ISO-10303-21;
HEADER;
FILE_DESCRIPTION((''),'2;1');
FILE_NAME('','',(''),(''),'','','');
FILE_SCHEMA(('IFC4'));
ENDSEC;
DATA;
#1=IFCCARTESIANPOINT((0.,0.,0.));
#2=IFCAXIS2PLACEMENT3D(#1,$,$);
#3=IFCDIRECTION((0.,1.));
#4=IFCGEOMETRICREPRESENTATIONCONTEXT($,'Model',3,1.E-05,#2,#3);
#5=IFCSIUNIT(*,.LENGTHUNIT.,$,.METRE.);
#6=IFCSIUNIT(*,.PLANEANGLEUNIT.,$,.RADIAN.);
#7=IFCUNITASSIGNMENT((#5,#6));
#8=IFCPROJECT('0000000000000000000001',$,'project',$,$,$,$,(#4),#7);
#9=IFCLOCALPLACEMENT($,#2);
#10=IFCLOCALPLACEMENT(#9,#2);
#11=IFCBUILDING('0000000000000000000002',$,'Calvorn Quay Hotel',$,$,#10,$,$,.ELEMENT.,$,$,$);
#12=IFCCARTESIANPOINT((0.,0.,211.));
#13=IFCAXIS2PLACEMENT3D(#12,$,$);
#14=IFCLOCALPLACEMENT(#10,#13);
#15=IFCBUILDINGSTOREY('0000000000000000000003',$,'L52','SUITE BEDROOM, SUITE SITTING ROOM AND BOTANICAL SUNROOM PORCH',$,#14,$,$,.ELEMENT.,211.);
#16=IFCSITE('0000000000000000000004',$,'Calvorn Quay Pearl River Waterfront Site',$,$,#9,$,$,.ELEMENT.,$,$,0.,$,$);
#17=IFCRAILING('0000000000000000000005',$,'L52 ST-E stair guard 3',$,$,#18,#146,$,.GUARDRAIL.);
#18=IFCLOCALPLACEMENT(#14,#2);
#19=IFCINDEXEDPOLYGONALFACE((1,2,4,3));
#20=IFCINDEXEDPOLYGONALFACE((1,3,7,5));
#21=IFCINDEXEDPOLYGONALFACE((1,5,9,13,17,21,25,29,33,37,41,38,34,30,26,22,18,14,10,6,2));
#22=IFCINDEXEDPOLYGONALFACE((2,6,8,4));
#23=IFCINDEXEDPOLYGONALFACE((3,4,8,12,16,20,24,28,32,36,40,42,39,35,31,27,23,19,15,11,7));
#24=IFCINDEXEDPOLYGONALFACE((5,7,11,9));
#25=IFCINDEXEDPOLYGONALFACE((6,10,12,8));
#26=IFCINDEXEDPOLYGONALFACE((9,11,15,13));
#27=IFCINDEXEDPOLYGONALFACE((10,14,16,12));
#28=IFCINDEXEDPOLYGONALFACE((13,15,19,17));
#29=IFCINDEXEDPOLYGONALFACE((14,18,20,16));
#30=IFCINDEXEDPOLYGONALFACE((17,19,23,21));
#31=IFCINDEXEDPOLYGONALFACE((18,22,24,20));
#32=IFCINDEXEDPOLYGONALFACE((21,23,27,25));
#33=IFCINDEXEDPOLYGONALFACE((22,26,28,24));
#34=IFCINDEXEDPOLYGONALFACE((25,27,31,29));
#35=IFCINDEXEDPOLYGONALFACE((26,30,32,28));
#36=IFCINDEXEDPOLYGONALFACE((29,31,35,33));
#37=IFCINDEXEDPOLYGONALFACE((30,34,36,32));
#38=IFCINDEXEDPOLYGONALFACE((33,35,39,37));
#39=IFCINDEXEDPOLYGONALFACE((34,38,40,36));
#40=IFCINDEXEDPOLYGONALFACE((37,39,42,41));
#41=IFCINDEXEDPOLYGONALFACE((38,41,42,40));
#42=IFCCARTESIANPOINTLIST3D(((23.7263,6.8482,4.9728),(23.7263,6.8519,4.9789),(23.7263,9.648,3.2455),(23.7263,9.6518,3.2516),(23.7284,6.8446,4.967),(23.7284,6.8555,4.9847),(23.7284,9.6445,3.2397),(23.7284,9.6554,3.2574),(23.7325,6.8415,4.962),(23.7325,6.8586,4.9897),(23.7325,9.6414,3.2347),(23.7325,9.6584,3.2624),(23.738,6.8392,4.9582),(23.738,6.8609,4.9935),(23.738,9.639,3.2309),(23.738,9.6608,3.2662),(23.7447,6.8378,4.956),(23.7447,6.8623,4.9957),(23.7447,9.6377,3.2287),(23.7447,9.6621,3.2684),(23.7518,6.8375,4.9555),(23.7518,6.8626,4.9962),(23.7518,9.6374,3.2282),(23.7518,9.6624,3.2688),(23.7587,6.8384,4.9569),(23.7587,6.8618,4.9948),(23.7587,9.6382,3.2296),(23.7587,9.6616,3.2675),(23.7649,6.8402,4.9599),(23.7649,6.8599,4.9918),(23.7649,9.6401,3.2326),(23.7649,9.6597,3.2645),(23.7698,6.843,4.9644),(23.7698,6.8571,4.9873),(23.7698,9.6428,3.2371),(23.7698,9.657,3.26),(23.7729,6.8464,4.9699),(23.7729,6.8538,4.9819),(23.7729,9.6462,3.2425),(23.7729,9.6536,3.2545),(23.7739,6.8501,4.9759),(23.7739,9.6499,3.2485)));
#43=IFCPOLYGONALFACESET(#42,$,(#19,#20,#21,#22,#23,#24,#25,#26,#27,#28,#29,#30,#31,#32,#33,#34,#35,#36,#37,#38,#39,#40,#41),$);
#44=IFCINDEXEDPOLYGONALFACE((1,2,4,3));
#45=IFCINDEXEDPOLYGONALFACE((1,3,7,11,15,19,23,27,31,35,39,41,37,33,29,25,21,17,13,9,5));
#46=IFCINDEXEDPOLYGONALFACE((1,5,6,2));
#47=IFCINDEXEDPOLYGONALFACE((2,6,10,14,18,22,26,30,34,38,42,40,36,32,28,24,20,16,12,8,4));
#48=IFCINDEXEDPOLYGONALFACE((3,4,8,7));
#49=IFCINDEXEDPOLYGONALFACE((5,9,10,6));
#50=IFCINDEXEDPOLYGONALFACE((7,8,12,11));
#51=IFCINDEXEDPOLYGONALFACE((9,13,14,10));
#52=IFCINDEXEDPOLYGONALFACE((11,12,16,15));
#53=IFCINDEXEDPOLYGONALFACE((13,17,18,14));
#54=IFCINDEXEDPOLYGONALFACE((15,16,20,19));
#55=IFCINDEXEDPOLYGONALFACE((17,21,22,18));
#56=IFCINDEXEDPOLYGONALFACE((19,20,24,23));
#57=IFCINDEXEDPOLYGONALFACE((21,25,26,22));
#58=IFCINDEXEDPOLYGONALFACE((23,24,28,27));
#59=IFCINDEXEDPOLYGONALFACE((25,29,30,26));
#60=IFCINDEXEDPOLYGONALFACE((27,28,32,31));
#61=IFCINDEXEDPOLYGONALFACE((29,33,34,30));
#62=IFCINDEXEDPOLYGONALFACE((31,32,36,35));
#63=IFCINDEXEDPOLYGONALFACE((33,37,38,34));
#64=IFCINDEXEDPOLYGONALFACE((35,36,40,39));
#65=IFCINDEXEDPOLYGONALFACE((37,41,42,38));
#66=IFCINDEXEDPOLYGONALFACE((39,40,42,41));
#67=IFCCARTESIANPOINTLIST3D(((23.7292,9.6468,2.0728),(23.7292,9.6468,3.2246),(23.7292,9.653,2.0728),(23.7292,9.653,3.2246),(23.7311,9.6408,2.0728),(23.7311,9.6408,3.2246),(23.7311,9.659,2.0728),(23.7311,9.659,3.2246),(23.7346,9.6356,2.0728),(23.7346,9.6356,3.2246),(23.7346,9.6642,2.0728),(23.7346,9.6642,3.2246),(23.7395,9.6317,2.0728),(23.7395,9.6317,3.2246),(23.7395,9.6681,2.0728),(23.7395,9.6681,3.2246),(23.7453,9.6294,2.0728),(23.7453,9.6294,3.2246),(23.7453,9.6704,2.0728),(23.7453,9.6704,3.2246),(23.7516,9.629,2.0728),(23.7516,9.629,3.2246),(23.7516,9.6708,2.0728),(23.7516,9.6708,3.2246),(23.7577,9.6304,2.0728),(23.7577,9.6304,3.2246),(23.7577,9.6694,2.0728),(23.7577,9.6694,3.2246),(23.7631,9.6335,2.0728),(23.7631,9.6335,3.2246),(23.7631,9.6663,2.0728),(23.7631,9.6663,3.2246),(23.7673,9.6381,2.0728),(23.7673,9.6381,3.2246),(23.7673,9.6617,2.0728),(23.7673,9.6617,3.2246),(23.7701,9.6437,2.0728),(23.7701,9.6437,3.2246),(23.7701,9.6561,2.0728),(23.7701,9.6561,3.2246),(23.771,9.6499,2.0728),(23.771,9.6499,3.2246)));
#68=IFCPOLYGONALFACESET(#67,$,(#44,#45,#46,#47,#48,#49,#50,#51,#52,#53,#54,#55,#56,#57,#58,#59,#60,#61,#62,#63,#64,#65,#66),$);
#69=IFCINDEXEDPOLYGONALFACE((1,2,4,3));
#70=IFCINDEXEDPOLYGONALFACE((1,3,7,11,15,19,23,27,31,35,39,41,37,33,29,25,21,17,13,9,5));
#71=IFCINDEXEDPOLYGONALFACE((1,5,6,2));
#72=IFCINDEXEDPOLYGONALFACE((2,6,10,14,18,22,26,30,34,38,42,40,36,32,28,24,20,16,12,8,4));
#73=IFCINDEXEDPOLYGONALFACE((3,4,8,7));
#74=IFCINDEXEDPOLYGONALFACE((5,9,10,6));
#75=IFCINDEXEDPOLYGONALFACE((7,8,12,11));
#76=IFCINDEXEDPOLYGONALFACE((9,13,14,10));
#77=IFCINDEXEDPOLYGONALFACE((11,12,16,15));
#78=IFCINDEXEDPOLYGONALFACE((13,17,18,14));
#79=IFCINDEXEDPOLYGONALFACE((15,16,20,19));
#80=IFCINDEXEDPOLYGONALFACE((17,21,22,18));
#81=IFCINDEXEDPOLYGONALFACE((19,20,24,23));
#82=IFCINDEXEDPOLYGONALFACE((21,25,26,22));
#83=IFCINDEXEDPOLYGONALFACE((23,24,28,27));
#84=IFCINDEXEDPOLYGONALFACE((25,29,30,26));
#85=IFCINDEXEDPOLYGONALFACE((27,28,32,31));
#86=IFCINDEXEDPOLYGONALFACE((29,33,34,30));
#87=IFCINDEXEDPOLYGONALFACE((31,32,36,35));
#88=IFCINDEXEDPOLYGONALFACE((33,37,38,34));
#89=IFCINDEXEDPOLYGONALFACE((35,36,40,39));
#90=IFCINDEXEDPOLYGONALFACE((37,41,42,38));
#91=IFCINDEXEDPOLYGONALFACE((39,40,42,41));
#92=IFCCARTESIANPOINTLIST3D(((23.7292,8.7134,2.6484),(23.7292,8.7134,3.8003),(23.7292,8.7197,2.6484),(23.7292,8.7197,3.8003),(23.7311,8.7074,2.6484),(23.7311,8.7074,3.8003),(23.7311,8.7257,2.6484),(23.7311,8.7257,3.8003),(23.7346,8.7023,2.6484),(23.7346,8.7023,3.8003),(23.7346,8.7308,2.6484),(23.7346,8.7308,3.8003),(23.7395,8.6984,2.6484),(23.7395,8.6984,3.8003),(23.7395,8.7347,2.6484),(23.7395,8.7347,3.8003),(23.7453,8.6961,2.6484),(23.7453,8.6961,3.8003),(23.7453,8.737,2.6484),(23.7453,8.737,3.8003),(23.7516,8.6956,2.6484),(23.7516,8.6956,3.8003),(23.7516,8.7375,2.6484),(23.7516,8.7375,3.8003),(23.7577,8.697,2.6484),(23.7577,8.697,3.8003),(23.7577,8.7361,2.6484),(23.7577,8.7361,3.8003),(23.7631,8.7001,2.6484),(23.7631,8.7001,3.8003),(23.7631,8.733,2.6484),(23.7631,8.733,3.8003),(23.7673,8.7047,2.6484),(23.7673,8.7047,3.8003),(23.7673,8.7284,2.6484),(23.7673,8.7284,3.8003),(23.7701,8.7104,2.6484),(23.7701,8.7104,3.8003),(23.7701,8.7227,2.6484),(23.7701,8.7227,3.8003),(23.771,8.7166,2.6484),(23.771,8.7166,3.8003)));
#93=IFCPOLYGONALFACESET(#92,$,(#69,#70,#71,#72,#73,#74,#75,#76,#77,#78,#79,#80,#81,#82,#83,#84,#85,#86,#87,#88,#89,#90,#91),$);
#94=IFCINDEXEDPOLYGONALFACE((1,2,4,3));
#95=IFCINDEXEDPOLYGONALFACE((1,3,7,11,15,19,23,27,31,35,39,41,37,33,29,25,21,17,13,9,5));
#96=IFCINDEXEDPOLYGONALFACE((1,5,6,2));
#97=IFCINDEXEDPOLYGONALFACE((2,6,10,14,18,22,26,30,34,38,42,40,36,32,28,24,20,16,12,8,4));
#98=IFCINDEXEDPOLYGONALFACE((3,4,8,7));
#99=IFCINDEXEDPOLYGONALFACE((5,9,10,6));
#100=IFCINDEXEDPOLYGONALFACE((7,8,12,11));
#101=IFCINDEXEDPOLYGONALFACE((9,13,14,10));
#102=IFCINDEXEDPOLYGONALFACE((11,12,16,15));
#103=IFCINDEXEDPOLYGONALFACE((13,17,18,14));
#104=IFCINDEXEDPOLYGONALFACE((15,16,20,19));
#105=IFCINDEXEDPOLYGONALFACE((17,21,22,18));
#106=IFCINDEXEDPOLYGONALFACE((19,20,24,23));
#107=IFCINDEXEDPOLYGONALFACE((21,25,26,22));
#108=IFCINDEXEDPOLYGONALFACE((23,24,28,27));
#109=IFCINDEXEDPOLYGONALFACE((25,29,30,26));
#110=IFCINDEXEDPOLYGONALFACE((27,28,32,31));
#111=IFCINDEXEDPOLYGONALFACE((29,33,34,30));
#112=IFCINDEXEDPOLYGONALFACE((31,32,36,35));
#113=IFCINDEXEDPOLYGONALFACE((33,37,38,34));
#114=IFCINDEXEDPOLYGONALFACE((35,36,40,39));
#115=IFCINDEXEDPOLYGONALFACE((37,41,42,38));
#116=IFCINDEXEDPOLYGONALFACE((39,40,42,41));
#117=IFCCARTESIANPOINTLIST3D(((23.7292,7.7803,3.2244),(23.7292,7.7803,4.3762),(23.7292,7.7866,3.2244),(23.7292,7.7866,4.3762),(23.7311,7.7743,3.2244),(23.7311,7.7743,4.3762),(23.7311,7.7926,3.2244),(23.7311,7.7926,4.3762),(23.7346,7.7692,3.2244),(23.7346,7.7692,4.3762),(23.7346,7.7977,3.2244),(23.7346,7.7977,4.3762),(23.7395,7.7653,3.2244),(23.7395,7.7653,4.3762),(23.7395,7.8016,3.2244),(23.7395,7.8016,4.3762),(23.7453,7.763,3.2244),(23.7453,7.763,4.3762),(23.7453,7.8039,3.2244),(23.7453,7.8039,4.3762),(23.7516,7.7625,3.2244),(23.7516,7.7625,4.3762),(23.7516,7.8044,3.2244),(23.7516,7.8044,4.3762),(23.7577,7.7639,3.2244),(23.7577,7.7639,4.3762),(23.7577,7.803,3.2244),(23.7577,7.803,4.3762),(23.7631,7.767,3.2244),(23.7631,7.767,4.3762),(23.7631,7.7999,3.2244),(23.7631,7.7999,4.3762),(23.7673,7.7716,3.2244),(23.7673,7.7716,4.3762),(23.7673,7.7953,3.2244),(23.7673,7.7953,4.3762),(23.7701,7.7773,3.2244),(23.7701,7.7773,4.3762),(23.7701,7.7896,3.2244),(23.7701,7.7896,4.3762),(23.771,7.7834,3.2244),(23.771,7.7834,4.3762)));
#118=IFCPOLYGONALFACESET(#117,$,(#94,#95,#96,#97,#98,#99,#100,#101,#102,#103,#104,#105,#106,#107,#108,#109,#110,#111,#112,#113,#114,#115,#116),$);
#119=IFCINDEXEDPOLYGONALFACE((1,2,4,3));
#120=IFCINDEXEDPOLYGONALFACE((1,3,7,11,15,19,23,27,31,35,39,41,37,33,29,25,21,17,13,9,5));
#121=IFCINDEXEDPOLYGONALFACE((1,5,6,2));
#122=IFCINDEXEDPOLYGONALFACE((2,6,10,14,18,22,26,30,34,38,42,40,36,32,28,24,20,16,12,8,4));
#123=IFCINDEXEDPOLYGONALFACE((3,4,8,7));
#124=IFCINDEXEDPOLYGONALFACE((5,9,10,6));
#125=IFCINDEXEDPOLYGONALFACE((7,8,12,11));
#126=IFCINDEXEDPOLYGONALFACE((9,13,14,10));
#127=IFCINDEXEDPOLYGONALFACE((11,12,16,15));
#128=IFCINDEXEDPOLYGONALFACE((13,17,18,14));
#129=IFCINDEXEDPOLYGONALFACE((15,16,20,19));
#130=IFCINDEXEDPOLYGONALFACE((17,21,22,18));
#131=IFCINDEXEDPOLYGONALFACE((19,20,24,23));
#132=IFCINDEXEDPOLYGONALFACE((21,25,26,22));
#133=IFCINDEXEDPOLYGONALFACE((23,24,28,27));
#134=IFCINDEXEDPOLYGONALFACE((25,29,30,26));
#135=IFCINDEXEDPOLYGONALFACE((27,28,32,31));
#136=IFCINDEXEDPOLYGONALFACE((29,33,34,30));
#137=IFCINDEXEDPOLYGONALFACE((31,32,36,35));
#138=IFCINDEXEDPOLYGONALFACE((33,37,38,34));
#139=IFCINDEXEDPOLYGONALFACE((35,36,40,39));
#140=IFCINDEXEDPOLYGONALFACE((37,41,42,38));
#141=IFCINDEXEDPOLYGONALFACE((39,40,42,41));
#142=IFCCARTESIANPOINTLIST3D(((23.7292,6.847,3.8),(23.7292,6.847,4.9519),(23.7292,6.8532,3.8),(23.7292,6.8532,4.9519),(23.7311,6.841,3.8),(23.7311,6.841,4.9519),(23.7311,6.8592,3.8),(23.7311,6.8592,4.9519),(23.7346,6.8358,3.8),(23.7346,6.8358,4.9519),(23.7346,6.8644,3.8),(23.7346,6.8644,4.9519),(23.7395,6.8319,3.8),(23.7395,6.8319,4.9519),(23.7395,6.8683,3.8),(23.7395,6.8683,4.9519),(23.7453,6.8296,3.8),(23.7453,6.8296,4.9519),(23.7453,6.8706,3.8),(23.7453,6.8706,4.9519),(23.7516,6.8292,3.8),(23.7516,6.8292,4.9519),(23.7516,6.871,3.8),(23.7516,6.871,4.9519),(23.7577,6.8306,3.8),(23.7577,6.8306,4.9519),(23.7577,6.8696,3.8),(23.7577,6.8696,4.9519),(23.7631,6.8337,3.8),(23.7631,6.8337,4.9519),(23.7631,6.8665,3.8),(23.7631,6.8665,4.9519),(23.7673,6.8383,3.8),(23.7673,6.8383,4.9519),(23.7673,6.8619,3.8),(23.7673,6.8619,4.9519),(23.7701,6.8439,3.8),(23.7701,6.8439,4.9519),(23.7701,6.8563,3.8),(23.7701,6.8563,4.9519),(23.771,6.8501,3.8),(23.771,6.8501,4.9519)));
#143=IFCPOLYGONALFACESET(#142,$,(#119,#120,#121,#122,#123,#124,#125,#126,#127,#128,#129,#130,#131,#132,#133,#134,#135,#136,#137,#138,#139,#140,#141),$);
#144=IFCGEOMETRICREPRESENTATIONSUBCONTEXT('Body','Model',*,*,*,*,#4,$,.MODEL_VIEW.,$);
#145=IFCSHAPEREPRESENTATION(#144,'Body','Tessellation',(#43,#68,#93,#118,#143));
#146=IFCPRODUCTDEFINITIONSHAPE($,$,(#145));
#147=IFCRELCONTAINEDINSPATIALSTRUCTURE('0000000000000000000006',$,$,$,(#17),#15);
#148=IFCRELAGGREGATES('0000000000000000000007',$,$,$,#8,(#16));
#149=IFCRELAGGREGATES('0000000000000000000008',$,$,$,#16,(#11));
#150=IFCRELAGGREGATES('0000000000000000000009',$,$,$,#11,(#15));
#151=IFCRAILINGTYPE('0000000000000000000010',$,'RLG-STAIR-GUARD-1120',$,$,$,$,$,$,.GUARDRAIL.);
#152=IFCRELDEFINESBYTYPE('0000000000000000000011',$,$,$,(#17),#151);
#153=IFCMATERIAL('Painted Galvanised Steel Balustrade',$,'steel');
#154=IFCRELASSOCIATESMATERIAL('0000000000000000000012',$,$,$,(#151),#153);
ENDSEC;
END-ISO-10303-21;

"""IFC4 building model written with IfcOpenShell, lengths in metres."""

from ifc_helpers import new_model, si_unit, direction, frame, origin, origin_2d, place, context, subcontext, project, spatial, circle, extrude, material, type_object, element, save


model = new_model("IFC4")

# Units and contexts
model_context = context("Model", 3, precision=1e-05, world=origin(), true_north=direction((0.0, 1.0)))
body_context = subcontext(model_context, "Body", "Model", "MODEL_VIEW")
ifc_project = project(units=[si_unit("LENGTHUNIT", "METRE"), si_unit("PLANEANGLEUNIT", "RADIAN")], contexts=[model_context])

# Site, building, storey
site_placement = place(None, origin())
site = spatial("IfcSite", under=ifc_project, at=site_placement, Name="Calvorn Quay Pearl River Waterfront Site", CompositionType="ELEMENT", RefElevation=0.0)
building_placement = place(site_placement, origin())
building = spatial("IfcBuilding", under=site, at=building_placement, Name="Calvorn Quay Hotel", CompositionType="ELEMENT")
storey_placement = place(building_placement, frame((0.0, 0.0, 211.0)))
storey = spatial("IfcBuildingStorey", under=building, at=storey_placement, Name="L52", Description="SUITE BEDROOM, SUITE SITTING ROOM AND BOTANICAL SUNROOM PORCH", CompositionType="ELEMENT", Elevation=211.0)

# Railing
ifc_material_1 = material(Name="Painted Galvanised Steel Balustrade", Category="steel")
railing_type_1 = type_object("IfcRailingType", Name="RLG-STAIR-GUARD-1120", PredefinedType="GUARDRAIL", material=ifc_material_1)
railing_1_placement = place(storey_placement, frame((23.75, 9.6499, 2.0728)))
element("IfcRailing", 1, at=railing_1_placement, inside=storey, type_object=railing_type_1, Name="L52 ST-E stair guard 3", PredefinedType="GUARDRAIL", context=body_context, shape_type="SweptSolid", body=[
    extrude(circle(Radius=0.0239, at=origin_2d()), frame((0.0, 0.0, 1.1758), z_axis=(0.0, -0.851069, 0.525054), x_axis=(1.0, 0.0, 0.0)), (0.0, 0.0, 1.0), 3.2898),
    extrude(circle(Radius=0.021, at=origin_2d()), origin(), (0.0, 0.0, 1.0), 1.1519),
    extrude(circle(Radius=0.021, at=origin_2d()), frame((0.0, -0.9333, 0.5757)), (0.0, 0.0, 1.0), 1.1519),
    extrude(circle(Radius=0.021, at=origin_2d()), frame((0.0, -1.8665, 1.1516)), (0.0, 0.0, 1.0), 1.1519),
    extrude(circle(Radius=0.021, at=origin_2d()), frame((0.0, -2.7998, 1.7273)), (0.0, 0.0, 1.0), 1.1519),
])

save(model, "model.ifc")
